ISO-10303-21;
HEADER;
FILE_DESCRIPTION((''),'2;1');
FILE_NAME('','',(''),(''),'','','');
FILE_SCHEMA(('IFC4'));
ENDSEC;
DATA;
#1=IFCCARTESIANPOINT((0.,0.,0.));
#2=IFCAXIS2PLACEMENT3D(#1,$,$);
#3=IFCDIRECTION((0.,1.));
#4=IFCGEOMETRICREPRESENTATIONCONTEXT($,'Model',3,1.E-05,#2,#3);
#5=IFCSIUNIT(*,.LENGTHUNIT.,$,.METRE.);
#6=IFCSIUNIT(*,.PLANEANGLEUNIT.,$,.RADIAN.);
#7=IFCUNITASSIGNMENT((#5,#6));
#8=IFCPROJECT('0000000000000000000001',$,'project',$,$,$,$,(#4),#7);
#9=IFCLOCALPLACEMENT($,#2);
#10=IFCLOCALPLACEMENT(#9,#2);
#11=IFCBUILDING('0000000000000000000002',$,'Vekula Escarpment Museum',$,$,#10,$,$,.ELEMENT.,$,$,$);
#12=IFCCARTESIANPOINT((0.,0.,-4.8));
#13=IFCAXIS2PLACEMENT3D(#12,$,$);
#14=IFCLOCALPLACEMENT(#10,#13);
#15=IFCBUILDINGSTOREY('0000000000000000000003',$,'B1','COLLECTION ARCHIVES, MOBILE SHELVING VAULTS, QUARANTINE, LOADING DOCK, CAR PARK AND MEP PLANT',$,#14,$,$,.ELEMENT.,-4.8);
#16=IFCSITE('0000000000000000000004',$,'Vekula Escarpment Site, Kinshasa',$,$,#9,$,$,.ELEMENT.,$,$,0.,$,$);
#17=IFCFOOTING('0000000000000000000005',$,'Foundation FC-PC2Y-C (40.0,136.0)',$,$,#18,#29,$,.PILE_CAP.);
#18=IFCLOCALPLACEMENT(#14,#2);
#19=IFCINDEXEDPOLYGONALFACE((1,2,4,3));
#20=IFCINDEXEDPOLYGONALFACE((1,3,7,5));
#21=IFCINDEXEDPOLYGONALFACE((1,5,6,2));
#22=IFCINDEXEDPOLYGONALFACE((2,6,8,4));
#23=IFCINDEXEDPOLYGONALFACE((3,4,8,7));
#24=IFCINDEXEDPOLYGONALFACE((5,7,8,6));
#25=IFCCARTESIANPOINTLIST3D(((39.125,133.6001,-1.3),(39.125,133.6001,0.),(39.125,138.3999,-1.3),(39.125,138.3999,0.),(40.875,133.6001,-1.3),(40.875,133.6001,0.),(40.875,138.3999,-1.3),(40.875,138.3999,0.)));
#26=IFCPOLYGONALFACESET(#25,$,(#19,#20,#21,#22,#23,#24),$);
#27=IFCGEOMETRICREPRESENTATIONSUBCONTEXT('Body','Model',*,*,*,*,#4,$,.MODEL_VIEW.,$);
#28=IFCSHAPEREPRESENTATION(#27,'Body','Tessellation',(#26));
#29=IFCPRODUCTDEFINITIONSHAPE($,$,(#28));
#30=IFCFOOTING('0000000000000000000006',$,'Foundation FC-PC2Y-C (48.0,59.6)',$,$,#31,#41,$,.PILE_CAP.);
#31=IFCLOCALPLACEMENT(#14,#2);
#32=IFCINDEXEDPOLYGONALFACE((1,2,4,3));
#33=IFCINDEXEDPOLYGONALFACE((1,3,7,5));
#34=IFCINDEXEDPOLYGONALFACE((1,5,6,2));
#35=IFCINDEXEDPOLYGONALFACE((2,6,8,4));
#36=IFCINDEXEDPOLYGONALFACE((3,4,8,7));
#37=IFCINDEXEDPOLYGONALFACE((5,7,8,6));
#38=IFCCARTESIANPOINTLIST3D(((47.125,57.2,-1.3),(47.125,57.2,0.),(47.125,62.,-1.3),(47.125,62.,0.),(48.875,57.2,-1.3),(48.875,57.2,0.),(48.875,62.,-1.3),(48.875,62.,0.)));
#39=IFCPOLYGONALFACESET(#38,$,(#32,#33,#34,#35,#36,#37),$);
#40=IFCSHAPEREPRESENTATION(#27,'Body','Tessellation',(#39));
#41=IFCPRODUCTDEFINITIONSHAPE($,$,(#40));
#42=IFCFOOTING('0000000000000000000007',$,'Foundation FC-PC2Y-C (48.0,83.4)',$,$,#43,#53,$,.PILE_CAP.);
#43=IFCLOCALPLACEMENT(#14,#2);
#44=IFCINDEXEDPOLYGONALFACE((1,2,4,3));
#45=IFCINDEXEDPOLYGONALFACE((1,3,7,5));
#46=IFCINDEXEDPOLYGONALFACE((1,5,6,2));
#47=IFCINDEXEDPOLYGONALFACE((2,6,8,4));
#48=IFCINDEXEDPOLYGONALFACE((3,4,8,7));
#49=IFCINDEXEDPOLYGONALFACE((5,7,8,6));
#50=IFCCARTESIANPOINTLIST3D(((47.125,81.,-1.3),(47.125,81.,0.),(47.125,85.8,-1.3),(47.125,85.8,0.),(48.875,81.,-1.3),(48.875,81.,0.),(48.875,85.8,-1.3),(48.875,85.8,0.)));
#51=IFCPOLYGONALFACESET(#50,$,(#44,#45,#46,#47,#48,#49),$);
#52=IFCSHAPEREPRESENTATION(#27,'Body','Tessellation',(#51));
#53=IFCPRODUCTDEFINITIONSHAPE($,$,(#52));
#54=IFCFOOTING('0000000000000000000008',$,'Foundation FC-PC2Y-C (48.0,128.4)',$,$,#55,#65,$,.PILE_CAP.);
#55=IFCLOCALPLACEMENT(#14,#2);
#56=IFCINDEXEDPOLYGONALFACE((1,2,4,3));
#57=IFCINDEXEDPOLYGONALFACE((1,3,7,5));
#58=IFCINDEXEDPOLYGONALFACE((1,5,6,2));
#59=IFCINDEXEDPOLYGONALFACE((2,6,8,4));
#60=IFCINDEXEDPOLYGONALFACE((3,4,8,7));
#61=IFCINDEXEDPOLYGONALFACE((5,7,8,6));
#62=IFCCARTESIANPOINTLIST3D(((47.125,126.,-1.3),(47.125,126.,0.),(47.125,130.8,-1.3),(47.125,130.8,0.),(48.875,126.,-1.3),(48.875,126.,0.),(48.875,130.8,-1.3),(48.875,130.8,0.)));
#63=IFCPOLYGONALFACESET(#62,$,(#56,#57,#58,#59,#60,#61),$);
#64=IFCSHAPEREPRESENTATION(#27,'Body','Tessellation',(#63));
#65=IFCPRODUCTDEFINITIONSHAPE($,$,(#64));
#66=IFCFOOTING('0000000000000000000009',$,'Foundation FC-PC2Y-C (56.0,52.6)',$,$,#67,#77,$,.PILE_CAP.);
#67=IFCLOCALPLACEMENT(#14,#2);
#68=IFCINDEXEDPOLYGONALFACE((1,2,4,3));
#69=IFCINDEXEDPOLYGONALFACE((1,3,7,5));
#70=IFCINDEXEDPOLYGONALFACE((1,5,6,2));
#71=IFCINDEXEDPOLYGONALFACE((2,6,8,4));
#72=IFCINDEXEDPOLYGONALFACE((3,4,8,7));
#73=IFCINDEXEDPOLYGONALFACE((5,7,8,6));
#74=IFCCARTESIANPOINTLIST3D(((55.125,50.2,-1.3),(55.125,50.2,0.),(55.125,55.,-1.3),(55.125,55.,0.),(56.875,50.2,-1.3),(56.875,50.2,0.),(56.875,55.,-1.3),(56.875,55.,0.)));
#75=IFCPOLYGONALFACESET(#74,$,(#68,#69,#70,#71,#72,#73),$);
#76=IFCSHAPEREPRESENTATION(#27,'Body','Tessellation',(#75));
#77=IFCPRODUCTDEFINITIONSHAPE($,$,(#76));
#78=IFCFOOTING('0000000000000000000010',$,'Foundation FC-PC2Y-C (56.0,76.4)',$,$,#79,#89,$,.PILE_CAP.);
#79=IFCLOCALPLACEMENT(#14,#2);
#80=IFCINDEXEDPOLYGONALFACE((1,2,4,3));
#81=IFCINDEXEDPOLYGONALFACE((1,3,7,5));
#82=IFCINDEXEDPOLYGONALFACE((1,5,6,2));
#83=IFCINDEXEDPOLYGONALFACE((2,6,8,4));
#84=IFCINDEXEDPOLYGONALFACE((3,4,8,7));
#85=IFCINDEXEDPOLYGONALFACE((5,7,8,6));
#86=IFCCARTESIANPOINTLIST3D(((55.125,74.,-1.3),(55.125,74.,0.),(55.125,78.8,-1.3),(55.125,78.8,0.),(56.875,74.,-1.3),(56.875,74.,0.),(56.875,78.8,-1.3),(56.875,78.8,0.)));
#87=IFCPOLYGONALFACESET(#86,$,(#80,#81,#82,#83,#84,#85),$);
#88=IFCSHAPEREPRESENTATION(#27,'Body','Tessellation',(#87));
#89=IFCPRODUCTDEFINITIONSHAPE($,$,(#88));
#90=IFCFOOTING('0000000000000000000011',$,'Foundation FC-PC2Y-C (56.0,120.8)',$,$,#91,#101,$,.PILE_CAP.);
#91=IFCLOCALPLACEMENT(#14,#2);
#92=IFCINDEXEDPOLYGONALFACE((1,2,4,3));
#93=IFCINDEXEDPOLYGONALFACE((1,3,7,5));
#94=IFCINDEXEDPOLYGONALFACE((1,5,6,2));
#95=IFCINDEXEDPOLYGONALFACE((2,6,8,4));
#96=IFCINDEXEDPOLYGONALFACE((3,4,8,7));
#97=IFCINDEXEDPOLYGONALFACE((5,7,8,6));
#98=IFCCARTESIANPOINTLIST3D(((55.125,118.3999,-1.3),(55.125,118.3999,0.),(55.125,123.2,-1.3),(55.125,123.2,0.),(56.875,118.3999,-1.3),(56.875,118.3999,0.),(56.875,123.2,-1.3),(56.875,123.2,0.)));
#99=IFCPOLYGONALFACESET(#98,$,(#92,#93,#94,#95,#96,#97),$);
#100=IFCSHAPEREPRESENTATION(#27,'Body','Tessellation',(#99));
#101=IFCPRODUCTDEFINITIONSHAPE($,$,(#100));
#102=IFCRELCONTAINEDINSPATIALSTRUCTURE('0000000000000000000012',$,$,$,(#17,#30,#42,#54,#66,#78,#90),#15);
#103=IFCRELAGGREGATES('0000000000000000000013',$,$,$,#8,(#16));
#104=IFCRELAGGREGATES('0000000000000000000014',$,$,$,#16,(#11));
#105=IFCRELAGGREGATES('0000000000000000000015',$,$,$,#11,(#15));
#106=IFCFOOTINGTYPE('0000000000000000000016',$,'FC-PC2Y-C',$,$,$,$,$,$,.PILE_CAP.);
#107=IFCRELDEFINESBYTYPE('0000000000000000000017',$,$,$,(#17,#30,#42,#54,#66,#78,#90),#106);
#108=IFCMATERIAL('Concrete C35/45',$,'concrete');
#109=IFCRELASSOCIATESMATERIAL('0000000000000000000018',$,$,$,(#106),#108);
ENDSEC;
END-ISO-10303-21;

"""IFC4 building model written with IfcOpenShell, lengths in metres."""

from ifc_helpers import new_model, si_unit, direction, frame, origin, place, context, subcontext, project, spatial, polyline, outline, extrude, material, type_object, element, save


model = new_model("IFC4")

# Units and contexts
model_context = context("Model", 3, precision=1e-05, world=origin(), true_north=direction((0.0, 1.0)))
body_context = subcontext(model_context, "Body", "Model", "MODEL_VIEW")
ifc_project = project(units=[si_unit("LENGTHUNIT", "METRE"), si_unit("PLANEANGLEUNIT", "RADIAN")], contexts=[model_context])

# Site, building, storey
site_placement = place(None, origin())
site = spatial("IfcSite", under=ifc_project, at=site_placement, Name="Vekula Escarpment Site, Kinshasa", CompositionType="ELEMENT", RefElevation=0.0)
building_placement = place(site_placement, origin())
building = spatial("IfcBuilding", under=site, at=building_placement, Name="Vekula Escarpment Museum", CompositionType="ELEMENT")
storey_placement = place(building_placement, frame((0.0, 0.0, -4.8)))
storey = spatial("IfcBuildingStorey", under=building, at=storey_placement, Name="B1", Description="COLLECTION ARCHIVES, MOBILE SHELVING VAULTS, QUARANTINE, LOADING DOCK, CAR PARK AND MEP PLANT", CompositionType="ELEMENT", Elevation=-4.8)

# Footings
ifc_material_1 = material(Name="Concrete C35/45", Category="concrete")
footing_type_1 = type_object("IfcFootingType", Name="FC-PC2Y-C", PredefinedType="PILE_CAP", material=ifc_material_1)
footing_1_placement = place(storey_placement, frame((0.0, 0.0, -1.3)))
element("IfcFooting", 1, at=footing_1_placement, inside=storey, type_object=footing_type_1, Name="Foundation FC-PC2Y-C (40.0,136.0)", PredefinedType="PILE_CAP", context=body_context, shape_type="SweptSolid", body=[
    extrude(outline(polyline([(39.125, 133.6001), (40.875, 133.6001), (40.875, 138.3999), (39.125, 138.3999), (39.125, 133.6001)])), origin(), (0.0, 0.0, 1.0), 1.3),
])
footing_2_placement = place(storey_placement, frame((0.0, 0.0, -1.3)))
element("IfcFooting", 2, at=footing_2_placement, inside=storey, type_object=footing_type_1, Name="Foundation FC-PC2Y-C (48.0,59.6)", PredefinedType="PILE_CAP", context=body_context, shape_type="SweptSolid", body=[
    extrude(outline(polyline([(47.125, 57.2), (48.875, 57.2), (48.875, 62.0), (47.125, 62.0), (47.125, 57.2)])), origin(), (0.0, 0.0, 1.0), 1.3),
])
footing_3_placement = place(storey_placement, frame((0.0, 0.0, -1.3)))
element("IfcFooting", 3, at=footing_3_placement, inside=storey, type_object=footing_type_1, Name="Foundation FC-PC2Y-C (48.0,83.4)", PredefinedType="PILE_CAP", context=body_context, shape_type="SweptSolid", body=[
    extrude(outline(polyline([(47.125, 81.0), (48.875, 81.0), (48.875, 85.8), (47.125, 85.8), (47.125, 81.0)])), origin(), (0.0, 0.0, 1.0), 1.3),
])
footing_4_placement = place(storey_placement, frame((0.0, 0.0, -1.3)))
element("IfcFooting", 4, at=footing_4_placement, inside=storey, type_object=footing_type_1, Name="Foundation FC-PC2Y-C (48.0,128.4)", PredefinedType="PILE_CAP", context=body_context, shape_type="SweptSolid", body=[
    extrude(outline(polyline([(47.125, 126.0), (48.875, 126.0), (48.875, 130.8), (47.125, 130.8), (47.125, 126.0)])), origin(), (0.0, 0.0, 1.0), 1.3),
])
footing_5_placement = place(storey_placement, frame((0.0, 0.0, -1.3)))
element("IfcFooting", 5, at=footing_5_placement, inside=storey, type_object=footing_type_1, Name="Foundation FC-PC2Y-C (56.0,52.6)", PredefinedType="PILE_CAP", context=body_context, shape_type="SweptSolid", body=[
    extrude(outline(polyline([(55.125, 50.2), (56.875, 50.2), (56.875, 55.0), (55.125, 55.0), (55.125, 50.2)])), origin(), (0.0, 0.0, 1.0), 1.3),
])
footing_6_placement = place(storey_placement, frame((0.0, 0.0, -1.3)))
element("IfcFooting", 6, at=footing_6_placement, inside=storey, type_object=footing_type_1, Name="Foundation FC-PC2Y-C (56.0,76.4)", PredefinedType="PILE_CAP", context=body_context, shape_type="SweptSolid", body=[
    extrude(outline(polyline([(55.125, 74.0), (56.875, 74.0), (56.875, 78.8), (55.125, 78.8), (55.125, 74.0)])), origin(), (0.0, 0.0, 1.0), 1.3),
])
footing_7_placement = place(storey_placement, frame((0.0, 0.0, -1.3)))
element("IfcFooting", 7, at=footing_7_placement, inside=storey, type_object=footing_type_1, Name="Foundation FC-PC2Y-C (56.0,120.8)", PredefinedType="PILE_CAP", context=body_context, shape_type="SweptSolid", body=[
    extrude(outline(polyline([(55.125, 118.3999), (56.875, 118.3999), (56.875, 123.2), (55.125, 123.2), (55.125, 118.3999)])), origin(), (0.0, 0.0, 1.0), 1.3),
])

save(model, "model.ifc")
